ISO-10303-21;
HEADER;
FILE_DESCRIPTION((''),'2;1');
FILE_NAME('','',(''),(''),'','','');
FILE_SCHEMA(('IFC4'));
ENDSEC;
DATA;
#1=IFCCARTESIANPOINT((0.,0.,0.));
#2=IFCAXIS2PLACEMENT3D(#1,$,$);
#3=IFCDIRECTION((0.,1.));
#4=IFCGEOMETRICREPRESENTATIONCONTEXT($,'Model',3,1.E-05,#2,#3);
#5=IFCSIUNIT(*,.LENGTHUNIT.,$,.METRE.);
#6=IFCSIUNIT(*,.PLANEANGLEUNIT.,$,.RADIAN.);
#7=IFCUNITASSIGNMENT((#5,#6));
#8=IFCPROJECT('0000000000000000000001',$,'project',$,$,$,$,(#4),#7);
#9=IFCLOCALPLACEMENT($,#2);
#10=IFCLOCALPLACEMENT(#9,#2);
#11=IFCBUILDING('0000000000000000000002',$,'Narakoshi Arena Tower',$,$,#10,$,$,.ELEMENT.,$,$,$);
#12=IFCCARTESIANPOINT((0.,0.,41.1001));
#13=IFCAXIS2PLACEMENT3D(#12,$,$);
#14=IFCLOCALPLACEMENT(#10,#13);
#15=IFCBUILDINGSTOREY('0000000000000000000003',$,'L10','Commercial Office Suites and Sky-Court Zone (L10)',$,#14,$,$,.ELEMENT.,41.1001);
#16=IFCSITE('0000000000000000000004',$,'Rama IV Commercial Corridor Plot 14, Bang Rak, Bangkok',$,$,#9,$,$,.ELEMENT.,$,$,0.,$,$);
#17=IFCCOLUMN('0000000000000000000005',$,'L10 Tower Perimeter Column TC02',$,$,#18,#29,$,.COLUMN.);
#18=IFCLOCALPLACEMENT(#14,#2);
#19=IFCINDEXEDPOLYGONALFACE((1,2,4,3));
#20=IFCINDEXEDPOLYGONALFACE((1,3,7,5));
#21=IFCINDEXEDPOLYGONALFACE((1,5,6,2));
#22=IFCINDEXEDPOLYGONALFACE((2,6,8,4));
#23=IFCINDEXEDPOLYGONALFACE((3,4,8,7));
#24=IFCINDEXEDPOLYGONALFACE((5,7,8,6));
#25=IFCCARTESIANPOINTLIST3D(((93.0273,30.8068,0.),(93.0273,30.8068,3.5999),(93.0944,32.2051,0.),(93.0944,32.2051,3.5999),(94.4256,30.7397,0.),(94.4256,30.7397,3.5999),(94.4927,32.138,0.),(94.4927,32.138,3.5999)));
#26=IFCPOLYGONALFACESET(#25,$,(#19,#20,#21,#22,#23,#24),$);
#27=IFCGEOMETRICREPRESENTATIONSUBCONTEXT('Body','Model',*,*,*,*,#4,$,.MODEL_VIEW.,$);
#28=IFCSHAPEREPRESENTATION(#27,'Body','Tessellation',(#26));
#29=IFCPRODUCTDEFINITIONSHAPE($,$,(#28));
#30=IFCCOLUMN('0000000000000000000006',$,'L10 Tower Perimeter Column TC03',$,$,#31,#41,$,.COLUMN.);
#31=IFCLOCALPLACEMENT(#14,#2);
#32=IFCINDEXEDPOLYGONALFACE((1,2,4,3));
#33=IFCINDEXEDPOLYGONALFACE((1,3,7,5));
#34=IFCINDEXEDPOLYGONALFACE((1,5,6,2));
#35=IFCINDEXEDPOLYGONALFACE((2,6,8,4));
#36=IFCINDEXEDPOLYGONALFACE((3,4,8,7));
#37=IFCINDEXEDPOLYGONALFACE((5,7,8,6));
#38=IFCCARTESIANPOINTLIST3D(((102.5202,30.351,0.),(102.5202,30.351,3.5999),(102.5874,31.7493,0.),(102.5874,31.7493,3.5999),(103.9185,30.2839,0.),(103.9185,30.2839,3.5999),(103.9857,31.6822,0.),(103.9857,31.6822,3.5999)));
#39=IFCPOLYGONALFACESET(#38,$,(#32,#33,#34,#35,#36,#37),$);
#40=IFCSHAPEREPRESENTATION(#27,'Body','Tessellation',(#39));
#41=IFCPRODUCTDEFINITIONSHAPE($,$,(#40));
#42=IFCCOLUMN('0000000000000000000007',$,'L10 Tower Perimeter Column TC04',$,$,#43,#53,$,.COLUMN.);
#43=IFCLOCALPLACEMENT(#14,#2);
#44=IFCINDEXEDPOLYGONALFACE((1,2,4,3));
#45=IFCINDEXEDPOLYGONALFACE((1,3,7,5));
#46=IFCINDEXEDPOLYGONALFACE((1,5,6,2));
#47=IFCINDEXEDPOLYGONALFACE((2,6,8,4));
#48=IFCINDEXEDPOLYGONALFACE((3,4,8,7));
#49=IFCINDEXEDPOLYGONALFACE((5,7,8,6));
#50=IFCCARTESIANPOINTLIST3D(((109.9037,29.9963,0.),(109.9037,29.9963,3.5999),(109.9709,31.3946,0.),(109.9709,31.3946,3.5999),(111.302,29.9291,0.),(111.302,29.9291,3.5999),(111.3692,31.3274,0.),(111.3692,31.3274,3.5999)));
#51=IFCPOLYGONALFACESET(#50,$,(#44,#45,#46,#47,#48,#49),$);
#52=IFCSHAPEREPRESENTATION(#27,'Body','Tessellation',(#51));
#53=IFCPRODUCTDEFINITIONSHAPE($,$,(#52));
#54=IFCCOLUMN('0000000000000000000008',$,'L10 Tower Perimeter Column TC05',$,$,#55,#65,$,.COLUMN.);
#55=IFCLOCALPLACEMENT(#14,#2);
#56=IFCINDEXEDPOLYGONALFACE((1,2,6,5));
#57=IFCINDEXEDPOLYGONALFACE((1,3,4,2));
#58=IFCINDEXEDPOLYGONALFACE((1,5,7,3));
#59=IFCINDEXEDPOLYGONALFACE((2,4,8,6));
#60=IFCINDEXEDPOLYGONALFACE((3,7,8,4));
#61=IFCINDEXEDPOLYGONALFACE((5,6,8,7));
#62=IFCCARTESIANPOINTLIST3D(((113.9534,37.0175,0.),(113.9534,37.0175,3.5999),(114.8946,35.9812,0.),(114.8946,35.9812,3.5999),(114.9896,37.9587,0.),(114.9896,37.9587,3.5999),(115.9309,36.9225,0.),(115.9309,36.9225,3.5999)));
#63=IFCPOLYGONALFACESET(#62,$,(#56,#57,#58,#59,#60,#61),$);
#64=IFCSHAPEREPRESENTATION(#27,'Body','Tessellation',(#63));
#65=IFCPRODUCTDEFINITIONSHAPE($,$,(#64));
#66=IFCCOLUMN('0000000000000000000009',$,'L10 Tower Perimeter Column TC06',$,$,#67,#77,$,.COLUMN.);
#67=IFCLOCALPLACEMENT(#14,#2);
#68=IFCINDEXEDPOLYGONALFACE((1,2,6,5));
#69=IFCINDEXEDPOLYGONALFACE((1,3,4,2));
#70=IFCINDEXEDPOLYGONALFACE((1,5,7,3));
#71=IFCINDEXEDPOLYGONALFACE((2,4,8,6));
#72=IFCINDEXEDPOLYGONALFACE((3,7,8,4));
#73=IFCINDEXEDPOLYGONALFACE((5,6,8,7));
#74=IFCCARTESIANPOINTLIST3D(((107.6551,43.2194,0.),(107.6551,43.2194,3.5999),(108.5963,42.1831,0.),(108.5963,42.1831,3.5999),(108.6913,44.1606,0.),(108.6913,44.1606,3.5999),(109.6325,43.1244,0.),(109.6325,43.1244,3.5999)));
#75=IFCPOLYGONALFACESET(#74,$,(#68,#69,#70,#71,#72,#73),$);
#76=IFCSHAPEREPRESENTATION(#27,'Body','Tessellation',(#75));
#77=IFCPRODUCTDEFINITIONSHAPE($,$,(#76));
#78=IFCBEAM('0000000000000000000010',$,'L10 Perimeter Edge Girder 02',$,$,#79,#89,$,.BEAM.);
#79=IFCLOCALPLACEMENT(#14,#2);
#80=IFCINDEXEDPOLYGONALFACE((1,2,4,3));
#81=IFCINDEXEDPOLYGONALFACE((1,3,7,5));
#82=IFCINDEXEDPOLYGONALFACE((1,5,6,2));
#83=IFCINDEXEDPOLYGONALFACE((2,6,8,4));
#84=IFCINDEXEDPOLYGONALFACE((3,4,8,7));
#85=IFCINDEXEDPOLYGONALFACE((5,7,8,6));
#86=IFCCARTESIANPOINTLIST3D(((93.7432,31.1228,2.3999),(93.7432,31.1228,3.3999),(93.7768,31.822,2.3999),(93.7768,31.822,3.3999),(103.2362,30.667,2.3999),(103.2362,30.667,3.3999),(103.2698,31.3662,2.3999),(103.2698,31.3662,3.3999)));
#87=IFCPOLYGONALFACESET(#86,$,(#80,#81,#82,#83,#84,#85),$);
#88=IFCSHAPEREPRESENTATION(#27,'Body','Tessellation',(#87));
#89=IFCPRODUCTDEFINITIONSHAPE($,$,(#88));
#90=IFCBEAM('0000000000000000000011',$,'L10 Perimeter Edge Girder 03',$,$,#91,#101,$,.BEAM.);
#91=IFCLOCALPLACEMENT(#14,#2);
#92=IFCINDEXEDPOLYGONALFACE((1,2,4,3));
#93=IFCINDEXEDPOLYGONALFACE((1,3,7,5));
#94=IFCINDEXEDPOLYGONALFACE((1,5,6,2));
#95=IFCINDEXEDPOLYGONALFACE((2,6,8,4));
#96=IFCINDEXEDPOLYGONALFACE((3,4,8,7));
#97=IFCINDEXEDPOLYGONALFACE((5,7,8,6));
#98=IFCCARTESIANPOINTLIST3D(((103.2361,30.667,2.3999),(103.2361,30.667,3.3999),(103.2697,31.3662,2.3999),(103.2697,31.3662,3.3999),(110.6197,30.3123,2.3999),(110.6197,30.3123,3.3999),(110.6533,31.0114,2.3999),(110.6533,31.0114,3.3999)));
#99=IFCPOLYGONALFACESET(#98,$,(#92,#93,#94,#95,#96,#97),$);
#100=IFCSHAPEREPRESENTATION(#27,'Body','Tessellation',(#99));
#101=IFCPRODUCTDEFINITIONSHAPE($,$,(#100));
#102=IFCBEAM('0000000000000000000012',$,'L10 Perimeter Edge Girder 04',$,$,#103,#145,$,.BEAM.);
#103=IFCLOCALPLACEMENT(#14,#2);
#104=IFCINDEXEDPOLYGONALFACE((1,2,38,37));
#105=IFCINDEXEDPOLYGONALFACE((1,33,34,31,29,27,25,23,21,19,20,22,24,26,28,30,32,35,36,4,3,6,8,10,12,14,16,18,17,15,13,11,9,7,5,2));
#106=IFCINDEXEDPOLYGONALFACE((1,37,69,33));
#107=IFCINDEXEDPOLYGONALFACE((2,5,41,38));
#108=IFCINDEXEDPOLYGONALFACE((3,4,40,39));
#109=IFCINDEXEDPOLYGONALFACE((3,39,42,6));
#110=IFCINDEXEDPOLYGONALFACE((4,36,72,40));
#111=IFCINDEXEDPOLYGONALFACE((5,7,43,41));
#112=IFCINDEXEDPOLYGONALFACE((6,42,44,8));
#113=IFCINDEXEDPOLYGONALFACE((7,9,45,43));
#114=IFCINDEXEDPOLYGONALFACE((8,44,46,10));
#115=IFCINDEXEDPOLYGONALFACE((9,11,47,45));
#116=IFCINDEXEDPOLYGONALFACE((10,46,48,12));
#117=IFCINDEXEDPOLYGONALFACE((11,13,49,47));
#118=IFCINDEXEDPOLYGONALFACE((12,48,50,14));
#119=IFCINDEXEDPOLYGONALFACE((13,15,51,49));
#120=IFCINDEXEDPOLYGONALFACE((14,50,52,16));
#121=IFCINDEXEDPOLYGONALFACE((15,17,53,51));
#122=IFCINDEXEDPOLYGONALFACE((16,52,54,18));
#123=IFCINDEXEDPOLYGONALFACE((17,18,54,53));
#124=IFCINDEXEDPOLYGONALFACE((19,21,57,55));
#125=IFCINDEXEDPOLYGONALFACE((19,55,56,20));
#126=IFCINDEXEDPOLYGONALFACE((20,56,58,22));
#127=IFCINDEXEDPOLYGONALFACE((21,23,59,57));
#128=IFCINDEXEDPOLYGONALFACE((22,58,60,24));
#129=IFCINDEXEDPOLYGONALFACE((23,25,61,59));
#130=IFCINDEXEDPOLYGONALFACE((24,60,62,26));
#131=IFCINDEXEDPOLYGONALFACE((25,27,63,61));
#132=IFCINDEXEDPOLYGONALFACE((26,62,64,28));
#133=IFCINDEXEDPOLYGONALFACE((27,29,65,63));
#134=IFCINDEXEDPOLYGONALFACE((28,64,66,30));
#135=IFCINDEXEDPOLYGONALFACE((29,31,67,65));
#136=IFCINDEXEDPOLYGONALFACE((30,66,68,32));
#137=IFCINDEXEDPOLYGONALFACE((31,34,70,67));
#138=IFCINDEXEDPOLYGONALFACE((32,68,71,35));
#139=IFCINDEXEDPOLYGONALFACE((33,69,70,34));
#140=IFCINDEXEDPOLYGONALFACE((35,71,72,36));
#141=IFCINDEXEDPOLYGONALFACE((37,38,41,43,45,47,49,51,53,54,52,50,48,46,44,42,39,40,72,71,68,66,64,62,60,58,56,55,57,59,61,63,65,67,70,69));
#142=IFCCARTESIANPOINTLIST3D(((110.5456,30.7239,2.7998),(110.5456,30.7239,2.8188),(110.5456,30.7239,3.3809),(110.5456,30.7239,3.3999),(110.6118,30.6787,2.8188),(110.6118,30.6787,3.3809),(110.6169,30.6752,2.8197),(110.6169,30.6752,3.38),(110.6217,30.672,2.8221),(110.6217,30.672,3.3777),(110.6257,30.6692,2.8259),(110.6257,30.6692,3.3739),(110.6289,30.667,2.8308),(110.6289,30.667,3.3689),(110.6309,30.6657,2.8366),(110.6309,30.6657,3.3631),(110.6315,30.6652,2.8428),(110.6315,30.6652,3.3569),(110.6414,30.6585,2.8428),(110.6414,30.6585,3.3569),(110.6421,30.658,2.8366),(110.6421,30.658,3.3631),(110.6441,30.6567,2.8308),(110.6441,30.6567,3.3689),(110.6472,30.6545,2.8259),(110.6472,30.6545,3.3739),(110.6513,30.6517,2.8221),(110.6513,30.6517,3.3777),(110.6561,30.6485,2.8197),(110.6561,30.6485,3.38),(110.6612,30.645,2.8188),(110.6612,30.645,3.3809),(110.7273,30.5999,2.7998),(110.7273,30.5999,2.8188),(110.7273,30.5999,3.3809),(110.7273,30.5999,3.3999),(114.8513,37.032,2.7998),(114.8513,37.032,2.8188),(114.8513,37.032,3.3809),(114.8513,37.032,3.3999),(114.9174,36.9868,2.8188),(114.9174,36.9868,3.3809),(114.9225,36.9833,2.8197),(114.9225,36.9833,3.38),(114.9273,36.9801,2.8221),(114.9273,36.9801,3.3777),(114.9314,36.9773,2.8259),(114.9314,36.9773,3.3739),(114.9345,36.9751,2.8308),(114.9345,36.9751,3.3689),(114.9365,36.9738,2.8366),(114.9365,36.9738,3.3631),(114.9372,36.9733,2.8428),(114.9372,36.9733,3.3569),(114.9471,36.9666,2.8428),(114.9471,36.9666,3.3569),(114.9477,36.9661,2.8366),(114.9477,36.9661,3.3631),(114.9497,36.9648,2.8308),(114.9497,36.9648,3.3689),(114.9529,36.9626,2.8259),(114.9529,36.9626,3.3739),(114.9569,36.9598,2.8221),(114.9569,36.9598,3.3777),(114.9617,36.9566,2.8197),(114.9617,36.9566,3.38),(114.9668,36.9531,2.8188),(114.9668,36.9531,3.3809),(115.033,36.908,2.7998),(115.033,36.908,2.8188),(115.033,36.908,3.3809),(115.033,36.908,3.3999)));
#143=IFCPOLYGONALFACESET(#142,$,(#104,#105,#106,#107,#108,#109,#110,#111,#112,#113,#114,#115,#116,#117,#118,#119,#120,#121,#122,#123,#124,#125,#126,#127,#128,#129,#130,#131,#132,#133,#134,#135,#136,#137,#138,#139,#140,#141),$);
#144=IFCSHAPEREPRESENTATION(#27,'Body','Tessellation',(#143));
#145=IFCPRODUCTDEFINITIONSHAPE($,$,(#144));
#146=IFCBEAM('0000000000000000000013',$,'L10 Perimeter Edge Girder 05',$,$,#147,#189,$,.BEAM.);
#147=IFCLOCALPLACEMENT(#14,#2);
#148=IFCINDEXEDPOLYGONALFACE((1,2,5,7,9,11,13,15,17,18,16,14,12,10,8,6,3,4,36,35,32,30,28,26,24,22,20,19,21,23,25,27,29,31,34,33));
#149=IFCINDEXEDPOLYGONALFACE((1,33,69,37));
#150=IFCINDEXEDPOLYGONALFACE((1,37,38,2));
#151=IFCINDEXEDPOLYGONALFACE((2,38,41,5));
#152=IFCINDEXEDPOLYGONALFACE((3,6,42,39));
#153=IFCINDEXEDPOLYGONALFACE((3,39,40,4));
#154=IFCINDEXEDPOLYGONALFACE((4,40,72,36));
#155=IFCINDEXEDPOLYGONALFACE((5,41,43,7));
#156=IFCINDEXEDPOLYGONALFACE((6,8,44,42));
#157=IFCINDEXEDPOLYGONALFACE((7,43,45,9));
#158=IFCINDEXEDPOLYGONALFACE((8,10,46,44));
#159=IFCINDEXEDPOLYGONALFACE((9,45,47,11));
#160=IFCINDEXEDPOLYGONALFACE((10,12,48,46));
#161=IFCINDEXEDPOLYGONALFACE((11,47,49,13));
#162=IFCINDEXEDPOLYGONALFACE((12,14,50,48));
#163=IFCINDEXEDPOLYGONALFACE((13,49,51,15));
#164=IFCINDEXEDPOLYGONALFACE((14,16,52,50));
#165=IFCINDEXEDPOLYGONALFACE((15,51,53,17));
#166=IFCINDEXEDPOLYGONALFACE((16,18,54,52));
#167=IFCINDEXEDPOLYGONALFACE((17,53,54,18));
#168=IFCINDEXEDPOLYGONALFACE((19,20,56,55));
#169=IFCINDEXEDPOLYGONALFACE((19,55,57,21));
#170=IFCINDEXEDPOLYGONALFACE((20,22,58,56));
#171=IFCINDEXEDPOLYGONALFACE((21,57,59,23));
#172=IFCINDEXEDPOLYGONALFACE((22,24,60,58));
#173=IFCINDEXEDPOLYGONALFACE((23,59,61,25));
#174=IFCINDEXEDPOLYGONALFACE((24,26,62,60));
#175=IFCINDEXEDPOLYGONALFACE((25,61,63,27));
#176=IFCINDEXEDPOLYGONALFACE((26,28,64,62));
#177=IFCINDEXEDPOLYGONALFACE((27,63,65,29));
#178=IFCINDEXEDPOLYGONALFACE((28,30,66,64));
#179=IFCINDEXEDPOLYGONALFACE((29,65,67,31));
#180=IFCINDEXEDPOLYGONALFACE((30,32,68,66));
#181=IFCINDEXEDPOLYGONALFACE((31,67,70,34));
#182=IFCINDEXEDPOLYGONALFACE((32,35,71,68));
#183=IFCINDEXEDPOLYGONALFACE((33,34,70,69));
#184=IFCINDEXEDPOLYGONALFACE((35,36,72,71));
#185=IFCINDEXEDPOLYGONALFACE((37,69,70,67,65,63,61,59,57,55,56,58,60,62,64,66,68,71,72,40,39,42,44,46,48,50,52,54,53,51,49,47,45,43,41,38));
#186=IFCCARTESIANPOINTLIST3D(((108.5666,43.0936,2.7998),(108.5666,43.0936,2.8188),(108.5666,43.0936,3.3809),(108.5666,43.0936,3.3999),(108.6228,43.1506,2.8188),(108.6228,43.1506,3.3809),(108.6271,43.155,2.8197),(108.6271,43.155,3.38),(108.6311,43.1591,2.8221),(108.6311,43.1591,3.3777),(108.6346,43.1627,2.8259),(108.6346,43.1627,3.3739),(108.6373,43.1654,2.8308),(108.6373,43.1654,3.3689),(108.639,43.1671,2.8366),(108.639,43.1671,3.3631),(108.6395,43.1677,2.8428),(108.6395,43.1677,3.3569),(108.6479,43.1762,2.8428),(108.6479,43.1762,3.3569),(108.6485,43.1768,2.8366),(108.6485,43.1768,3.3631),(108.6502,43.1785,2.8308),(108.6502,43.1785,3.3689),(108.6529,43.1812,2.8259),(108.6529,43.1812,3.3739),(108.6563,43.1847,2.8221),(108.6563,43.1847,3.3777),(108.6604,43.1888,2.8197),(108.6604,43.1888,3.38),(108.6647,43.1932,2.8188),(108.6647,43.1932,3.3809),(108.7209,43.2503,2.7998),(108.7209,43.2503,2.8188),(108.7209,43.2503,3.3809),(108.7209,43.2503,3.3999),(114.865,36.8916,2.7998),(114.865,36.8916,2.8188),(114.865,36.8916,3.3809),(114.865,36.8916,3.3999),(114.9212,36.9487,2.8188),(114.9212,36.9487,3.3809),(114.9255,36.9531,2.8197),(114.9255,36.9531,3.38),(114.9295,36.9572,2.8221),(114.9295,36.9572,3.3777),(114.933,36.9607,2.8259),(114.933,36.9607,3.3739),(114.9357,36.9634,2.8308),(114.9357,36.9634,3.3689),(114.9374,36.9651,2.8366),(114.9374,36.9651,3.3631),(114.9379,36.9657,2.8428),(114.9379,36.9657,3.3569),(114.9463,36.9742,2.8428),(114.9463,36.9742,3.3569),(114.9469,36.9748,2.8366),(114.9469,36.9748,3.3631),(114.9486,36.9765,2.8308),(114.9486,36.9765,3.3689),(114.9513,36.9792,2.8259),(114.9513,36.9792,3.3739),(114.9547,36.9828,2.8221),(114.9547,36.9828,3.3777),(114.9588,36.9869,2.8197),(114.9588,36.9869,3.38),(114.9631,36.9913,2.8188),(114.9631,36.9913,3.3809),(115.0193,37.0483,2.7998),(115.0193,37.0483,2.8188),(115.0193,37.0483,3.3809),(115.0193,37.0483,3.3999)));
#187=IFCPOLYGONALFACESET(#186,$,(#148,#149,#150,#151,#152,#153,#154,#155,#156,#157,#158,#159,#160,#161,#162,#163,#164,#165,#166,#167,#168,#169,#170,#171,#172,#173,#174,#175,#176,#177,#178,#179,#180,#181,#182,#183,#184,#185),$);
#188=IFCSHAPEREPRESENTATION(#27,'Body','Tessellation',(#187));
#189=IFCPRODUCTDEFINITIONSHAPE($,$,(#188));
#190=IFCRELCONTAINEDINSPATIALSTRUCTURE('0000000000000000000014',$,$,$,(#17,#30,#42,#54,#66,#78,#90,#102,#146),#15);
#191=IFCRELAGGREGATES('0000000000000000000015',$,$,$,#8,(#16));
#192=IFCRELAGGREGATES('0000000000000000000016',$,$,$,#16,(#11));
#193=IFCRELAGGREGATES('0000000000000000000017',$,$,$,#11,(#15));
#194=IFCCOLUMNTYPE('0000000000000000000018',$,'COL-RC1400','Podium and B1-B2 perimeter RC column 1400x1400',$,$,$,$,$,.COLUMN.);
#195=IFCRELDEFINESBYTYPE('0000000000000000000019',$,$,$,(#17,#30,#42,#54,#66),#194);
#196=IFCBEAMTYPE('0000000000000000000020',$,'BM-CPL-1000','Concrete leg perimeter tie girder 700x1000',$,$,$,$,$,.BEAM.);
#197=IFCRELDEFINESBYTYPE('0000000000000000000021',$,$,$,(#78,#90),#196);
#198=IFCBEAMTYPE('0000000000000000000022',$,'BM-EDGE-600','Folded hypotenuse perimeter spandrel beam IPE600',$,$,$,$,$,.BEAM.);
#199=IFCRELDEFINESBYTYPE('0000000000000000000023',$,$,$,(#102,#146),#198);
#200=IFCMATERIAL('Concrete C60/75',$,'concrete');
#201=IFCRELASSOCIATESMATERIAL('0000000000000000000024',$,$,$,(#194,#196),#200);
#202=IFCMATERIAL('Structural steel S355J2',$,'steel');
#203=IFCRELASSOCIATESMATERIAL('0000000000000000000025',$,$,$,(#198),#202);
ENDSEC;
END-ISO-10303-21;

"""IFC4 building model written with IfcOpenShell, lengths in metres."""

from ifc_helpers import new_model, si_unit, direction, frame, origin, origin_2d, place, context, subcontext, project, spatial, rectangle, i_section, extrude, material, material_profile, profile_set, type_object, element, save


model = new_model("IFC4")

# Units and contexts
model_context = context("Model", 3, precision=1e-05, world=origin(), true_north=direction((0.0, 1.0)))
body_context = subcontext(model_context, "Body", "Model", "MODEL_VIEW")
ifc_project = project(units=[si_unit("LENGTHUNIT", "METRE"), si_unit("PLANEANGLEUNIT", "RADIAN")], contexts=[model_context])

# Site, building, storey
site_placement = place(None, origin())
site = spatial("IfcSite", under=ifc_project, at=site_placement, Name="Rama IV Commercial Corridor Plot 14, Bang Rak, Bangkok", CompositionType="ELEMENT", RefElevation=0.0)
building_placement = place(site_placement, origin())
building = spatial("IfcBuilding", under=site, at=building_placement, Name="Narakoshi Arena Tower", CompositionType="ELEMENT")
storey_placement = place(building_placement, frame((0.0, 0.0, 41.1001)))
storey = spatial("IfcBuildingStorey", under=building, at=storey_placement, Name="L10", Description="Commercial Office Suites and Sky-Court Zone (L10)", CompositionType="ELEMENT", Elevation=41.1001)

# Columns
ifc_material_1 = material(Name="Concrete C60/75", Category="concrete")
ifc_material_profile_1 = material_profile(ifc_material_1, rectangle(XDim=1.3999, YDim=1.3999, at=origin_2d()), Name="RC1400x1400")
ifc_profile_set_1 = profile_set([ifc_material_profile_1], Name="Concrete C60/75")
column_type = type_object("IfcColumnType", Name="COL-RC1400", Description="Podium and B1-B2 perimeter RC column 1400x1400", PredefinedType="COLUMN", material=ifc_profile_set_1)
for number, where, z_axis, x_axis, name in (
    (1, (93.76, 31.4724, 0.0), (0.0, 0.0, 1.0), (-0.998848, 0.047978, 0.0), "L10 Tower Perimeter Column TC02"),
    (2, (103.2529, 31.0166, 0.0), (0.0, 0.0, 1.0), (-0.998848, 0.047978, 0.0), "L10 Tower Perimeter Column TC03"),
    (3, (110.6365, 30.6619, 0.0), (0.0, 0.0, 1.0), (-0.998848, 0.047978, 0.0), "L10 Tower Perimeter Column TC04"),
    (4, (114.9421, 36.97, 0.0), (0.0, 0.0, 1.0), (0.740218, 0.672367, 0.0), "L10 Tower Perimeter Column TC05"),
    (5, (108.6438, 43.1719, 0.0), (0.0, 0.0, 1.0), (0.740218, 0.672367, 0.0), "L10 Tower Perimeter Column TC06"),
):
    element("IfcColumn", number, at=place(storey_placement, frame(where, z_axis=z_axis, x_axis=x_axis)), inside=storey, type_object=column_type, Name=name, PredefinedType="COLUMN", context=body_context, shape_type="SweptSolid", body=[
        extrude(rectangle(XDim=1.3999, YDim=1.3999, at=origin_2d()), origin(), (0.0, 0.0, 1.0), 3.5999),
    ])

# Beams
ifc_material_profile_2 = material_profile(ifc_material_1, rectangle(XDim=0.7, YDim=1.0, at=origin_2d()), Name="RCB700x1000")
ifc_profile_set_2 = profile_set([ifc_material_profile_2], Name="Concrete C60/75")
beam_type_1 = type_object("IfcBeamType", Name="BM-CPL-1000", Description="Concrete leg perimeter tie girder 700x1000", PredefinedType="BEAM", material=ifc_profile_set_2)
beam_1_placement = place(storey_placement, frame((93.76, 31.4724, 2.8999), z_axis=(0.998849, -0.047961, 0.0), x_axis=(0.047961, 0.998849, 0.0)))
element("IfcBeam", 6, at=beam_1_placement, inside=storey, type_object=beam_type_1, Name="L10 Perimeter Edge Girder 02", PredefinedType="BEAM", context=body_context, shape_type="SweptSolid", body=[
    extrude(rectangle(XDim=0.7, YDim=1.0, at=origin_2d()), origin(), (0.0, 0.0, 1.0), 9.5039),
])
beam_2_placement = place(storey_placement, frame((103.2529, 31.0166, 2.8999), z_axis=(0.998848, -0.047989, 0.0), x_axis=(0.047989, 0.998848, 0.0)))
element("IfcBeam", 7, at=beam_2_placement, inside=storey, type_object=beam_type_1, Name="L10 Perimeter Edge Girder 03", PredefinedType="BEAM", context=body_context, shape_type="SweptSolid", body=[
    extrude(rectangle(XDim=0.7, YDim=1.0, at=origin_2d()), origin(), (0.0, 0.0, 1.0), 7.3921),
])
ifc_material_2 = material(Name="Structural steel S355J2", Category="steel")
ifc_material_profile_3 = material_profile(ifc_material_2, i_section(OverallWidth=0.22, OverallDepth=0.6001, WebThickness=0.012, FlangeThickness=0.019, FilletRadius=0.0239, at=origin_2d()), Name="IPE600")
ifc_profile_set_3 = profile_set([ifc_material_profile_3], Name="Structural steel S355J2")
beam_type_2 = type_object("IfcBeamType", Name="BM-EDGE-600", Description="Folded hypotenuse perimeter spandrel beam IPE600", PredefinedType="BEAM", material=ifc_profile_set_3)
beam_3_placement = place(storey_placement, frame((110.6365, 30.6619, 3.0999), z_axis=(0.563755, 0.825942, 0.0), x_axis=(-0.825942, 0.563755, 0.0)))
element("IfcBeam", 8, at=beam_3_placement, inside=storey, type_object=beam_type_2, Name="L10 Perimeter Edge Girder 04", PredefinedType="BEAM", context=body_context, shape_type="SweptSolid", body=[
    extrude(i_section(OverallWidth=0.22, OverallDepth=0.6001, WebThickness=0.012, FlangeThickness=0.019, FilletRadius=0.0239, at=origin_2d()), origin(), (0.0, 0.0, 1.0), 7.6375),
])
for number, where, z_axis, x_axis, name in (
    (9, (114.9421, 36.97, 3.0999), (-0.712541, 0.701631, 0.0), (-0.701631, -0.712541, 0.0), "L10 Perimeter Edge Girder 05"),
):
    element("IfcBeam", number, at=place(storey_placement, frame(where, z_axis=z_axis, x_axis=x_axis)), inside=storey, type_object=beam_type_2, Name=name, PredefinedType="BEAM", context=body_context, shape_type="SweptSolid", body=[
        extrude(i_section(OverallWidth=0.22, OverallDepth=0.6001, WebThickness=0.012, FlangeThickness=0.019, FilletRadius=0.0239, at=origin_2d()), origin(), (0.0, 0.0, 1.0), 8.8394),
    ])

save(model, "model.ifc")
